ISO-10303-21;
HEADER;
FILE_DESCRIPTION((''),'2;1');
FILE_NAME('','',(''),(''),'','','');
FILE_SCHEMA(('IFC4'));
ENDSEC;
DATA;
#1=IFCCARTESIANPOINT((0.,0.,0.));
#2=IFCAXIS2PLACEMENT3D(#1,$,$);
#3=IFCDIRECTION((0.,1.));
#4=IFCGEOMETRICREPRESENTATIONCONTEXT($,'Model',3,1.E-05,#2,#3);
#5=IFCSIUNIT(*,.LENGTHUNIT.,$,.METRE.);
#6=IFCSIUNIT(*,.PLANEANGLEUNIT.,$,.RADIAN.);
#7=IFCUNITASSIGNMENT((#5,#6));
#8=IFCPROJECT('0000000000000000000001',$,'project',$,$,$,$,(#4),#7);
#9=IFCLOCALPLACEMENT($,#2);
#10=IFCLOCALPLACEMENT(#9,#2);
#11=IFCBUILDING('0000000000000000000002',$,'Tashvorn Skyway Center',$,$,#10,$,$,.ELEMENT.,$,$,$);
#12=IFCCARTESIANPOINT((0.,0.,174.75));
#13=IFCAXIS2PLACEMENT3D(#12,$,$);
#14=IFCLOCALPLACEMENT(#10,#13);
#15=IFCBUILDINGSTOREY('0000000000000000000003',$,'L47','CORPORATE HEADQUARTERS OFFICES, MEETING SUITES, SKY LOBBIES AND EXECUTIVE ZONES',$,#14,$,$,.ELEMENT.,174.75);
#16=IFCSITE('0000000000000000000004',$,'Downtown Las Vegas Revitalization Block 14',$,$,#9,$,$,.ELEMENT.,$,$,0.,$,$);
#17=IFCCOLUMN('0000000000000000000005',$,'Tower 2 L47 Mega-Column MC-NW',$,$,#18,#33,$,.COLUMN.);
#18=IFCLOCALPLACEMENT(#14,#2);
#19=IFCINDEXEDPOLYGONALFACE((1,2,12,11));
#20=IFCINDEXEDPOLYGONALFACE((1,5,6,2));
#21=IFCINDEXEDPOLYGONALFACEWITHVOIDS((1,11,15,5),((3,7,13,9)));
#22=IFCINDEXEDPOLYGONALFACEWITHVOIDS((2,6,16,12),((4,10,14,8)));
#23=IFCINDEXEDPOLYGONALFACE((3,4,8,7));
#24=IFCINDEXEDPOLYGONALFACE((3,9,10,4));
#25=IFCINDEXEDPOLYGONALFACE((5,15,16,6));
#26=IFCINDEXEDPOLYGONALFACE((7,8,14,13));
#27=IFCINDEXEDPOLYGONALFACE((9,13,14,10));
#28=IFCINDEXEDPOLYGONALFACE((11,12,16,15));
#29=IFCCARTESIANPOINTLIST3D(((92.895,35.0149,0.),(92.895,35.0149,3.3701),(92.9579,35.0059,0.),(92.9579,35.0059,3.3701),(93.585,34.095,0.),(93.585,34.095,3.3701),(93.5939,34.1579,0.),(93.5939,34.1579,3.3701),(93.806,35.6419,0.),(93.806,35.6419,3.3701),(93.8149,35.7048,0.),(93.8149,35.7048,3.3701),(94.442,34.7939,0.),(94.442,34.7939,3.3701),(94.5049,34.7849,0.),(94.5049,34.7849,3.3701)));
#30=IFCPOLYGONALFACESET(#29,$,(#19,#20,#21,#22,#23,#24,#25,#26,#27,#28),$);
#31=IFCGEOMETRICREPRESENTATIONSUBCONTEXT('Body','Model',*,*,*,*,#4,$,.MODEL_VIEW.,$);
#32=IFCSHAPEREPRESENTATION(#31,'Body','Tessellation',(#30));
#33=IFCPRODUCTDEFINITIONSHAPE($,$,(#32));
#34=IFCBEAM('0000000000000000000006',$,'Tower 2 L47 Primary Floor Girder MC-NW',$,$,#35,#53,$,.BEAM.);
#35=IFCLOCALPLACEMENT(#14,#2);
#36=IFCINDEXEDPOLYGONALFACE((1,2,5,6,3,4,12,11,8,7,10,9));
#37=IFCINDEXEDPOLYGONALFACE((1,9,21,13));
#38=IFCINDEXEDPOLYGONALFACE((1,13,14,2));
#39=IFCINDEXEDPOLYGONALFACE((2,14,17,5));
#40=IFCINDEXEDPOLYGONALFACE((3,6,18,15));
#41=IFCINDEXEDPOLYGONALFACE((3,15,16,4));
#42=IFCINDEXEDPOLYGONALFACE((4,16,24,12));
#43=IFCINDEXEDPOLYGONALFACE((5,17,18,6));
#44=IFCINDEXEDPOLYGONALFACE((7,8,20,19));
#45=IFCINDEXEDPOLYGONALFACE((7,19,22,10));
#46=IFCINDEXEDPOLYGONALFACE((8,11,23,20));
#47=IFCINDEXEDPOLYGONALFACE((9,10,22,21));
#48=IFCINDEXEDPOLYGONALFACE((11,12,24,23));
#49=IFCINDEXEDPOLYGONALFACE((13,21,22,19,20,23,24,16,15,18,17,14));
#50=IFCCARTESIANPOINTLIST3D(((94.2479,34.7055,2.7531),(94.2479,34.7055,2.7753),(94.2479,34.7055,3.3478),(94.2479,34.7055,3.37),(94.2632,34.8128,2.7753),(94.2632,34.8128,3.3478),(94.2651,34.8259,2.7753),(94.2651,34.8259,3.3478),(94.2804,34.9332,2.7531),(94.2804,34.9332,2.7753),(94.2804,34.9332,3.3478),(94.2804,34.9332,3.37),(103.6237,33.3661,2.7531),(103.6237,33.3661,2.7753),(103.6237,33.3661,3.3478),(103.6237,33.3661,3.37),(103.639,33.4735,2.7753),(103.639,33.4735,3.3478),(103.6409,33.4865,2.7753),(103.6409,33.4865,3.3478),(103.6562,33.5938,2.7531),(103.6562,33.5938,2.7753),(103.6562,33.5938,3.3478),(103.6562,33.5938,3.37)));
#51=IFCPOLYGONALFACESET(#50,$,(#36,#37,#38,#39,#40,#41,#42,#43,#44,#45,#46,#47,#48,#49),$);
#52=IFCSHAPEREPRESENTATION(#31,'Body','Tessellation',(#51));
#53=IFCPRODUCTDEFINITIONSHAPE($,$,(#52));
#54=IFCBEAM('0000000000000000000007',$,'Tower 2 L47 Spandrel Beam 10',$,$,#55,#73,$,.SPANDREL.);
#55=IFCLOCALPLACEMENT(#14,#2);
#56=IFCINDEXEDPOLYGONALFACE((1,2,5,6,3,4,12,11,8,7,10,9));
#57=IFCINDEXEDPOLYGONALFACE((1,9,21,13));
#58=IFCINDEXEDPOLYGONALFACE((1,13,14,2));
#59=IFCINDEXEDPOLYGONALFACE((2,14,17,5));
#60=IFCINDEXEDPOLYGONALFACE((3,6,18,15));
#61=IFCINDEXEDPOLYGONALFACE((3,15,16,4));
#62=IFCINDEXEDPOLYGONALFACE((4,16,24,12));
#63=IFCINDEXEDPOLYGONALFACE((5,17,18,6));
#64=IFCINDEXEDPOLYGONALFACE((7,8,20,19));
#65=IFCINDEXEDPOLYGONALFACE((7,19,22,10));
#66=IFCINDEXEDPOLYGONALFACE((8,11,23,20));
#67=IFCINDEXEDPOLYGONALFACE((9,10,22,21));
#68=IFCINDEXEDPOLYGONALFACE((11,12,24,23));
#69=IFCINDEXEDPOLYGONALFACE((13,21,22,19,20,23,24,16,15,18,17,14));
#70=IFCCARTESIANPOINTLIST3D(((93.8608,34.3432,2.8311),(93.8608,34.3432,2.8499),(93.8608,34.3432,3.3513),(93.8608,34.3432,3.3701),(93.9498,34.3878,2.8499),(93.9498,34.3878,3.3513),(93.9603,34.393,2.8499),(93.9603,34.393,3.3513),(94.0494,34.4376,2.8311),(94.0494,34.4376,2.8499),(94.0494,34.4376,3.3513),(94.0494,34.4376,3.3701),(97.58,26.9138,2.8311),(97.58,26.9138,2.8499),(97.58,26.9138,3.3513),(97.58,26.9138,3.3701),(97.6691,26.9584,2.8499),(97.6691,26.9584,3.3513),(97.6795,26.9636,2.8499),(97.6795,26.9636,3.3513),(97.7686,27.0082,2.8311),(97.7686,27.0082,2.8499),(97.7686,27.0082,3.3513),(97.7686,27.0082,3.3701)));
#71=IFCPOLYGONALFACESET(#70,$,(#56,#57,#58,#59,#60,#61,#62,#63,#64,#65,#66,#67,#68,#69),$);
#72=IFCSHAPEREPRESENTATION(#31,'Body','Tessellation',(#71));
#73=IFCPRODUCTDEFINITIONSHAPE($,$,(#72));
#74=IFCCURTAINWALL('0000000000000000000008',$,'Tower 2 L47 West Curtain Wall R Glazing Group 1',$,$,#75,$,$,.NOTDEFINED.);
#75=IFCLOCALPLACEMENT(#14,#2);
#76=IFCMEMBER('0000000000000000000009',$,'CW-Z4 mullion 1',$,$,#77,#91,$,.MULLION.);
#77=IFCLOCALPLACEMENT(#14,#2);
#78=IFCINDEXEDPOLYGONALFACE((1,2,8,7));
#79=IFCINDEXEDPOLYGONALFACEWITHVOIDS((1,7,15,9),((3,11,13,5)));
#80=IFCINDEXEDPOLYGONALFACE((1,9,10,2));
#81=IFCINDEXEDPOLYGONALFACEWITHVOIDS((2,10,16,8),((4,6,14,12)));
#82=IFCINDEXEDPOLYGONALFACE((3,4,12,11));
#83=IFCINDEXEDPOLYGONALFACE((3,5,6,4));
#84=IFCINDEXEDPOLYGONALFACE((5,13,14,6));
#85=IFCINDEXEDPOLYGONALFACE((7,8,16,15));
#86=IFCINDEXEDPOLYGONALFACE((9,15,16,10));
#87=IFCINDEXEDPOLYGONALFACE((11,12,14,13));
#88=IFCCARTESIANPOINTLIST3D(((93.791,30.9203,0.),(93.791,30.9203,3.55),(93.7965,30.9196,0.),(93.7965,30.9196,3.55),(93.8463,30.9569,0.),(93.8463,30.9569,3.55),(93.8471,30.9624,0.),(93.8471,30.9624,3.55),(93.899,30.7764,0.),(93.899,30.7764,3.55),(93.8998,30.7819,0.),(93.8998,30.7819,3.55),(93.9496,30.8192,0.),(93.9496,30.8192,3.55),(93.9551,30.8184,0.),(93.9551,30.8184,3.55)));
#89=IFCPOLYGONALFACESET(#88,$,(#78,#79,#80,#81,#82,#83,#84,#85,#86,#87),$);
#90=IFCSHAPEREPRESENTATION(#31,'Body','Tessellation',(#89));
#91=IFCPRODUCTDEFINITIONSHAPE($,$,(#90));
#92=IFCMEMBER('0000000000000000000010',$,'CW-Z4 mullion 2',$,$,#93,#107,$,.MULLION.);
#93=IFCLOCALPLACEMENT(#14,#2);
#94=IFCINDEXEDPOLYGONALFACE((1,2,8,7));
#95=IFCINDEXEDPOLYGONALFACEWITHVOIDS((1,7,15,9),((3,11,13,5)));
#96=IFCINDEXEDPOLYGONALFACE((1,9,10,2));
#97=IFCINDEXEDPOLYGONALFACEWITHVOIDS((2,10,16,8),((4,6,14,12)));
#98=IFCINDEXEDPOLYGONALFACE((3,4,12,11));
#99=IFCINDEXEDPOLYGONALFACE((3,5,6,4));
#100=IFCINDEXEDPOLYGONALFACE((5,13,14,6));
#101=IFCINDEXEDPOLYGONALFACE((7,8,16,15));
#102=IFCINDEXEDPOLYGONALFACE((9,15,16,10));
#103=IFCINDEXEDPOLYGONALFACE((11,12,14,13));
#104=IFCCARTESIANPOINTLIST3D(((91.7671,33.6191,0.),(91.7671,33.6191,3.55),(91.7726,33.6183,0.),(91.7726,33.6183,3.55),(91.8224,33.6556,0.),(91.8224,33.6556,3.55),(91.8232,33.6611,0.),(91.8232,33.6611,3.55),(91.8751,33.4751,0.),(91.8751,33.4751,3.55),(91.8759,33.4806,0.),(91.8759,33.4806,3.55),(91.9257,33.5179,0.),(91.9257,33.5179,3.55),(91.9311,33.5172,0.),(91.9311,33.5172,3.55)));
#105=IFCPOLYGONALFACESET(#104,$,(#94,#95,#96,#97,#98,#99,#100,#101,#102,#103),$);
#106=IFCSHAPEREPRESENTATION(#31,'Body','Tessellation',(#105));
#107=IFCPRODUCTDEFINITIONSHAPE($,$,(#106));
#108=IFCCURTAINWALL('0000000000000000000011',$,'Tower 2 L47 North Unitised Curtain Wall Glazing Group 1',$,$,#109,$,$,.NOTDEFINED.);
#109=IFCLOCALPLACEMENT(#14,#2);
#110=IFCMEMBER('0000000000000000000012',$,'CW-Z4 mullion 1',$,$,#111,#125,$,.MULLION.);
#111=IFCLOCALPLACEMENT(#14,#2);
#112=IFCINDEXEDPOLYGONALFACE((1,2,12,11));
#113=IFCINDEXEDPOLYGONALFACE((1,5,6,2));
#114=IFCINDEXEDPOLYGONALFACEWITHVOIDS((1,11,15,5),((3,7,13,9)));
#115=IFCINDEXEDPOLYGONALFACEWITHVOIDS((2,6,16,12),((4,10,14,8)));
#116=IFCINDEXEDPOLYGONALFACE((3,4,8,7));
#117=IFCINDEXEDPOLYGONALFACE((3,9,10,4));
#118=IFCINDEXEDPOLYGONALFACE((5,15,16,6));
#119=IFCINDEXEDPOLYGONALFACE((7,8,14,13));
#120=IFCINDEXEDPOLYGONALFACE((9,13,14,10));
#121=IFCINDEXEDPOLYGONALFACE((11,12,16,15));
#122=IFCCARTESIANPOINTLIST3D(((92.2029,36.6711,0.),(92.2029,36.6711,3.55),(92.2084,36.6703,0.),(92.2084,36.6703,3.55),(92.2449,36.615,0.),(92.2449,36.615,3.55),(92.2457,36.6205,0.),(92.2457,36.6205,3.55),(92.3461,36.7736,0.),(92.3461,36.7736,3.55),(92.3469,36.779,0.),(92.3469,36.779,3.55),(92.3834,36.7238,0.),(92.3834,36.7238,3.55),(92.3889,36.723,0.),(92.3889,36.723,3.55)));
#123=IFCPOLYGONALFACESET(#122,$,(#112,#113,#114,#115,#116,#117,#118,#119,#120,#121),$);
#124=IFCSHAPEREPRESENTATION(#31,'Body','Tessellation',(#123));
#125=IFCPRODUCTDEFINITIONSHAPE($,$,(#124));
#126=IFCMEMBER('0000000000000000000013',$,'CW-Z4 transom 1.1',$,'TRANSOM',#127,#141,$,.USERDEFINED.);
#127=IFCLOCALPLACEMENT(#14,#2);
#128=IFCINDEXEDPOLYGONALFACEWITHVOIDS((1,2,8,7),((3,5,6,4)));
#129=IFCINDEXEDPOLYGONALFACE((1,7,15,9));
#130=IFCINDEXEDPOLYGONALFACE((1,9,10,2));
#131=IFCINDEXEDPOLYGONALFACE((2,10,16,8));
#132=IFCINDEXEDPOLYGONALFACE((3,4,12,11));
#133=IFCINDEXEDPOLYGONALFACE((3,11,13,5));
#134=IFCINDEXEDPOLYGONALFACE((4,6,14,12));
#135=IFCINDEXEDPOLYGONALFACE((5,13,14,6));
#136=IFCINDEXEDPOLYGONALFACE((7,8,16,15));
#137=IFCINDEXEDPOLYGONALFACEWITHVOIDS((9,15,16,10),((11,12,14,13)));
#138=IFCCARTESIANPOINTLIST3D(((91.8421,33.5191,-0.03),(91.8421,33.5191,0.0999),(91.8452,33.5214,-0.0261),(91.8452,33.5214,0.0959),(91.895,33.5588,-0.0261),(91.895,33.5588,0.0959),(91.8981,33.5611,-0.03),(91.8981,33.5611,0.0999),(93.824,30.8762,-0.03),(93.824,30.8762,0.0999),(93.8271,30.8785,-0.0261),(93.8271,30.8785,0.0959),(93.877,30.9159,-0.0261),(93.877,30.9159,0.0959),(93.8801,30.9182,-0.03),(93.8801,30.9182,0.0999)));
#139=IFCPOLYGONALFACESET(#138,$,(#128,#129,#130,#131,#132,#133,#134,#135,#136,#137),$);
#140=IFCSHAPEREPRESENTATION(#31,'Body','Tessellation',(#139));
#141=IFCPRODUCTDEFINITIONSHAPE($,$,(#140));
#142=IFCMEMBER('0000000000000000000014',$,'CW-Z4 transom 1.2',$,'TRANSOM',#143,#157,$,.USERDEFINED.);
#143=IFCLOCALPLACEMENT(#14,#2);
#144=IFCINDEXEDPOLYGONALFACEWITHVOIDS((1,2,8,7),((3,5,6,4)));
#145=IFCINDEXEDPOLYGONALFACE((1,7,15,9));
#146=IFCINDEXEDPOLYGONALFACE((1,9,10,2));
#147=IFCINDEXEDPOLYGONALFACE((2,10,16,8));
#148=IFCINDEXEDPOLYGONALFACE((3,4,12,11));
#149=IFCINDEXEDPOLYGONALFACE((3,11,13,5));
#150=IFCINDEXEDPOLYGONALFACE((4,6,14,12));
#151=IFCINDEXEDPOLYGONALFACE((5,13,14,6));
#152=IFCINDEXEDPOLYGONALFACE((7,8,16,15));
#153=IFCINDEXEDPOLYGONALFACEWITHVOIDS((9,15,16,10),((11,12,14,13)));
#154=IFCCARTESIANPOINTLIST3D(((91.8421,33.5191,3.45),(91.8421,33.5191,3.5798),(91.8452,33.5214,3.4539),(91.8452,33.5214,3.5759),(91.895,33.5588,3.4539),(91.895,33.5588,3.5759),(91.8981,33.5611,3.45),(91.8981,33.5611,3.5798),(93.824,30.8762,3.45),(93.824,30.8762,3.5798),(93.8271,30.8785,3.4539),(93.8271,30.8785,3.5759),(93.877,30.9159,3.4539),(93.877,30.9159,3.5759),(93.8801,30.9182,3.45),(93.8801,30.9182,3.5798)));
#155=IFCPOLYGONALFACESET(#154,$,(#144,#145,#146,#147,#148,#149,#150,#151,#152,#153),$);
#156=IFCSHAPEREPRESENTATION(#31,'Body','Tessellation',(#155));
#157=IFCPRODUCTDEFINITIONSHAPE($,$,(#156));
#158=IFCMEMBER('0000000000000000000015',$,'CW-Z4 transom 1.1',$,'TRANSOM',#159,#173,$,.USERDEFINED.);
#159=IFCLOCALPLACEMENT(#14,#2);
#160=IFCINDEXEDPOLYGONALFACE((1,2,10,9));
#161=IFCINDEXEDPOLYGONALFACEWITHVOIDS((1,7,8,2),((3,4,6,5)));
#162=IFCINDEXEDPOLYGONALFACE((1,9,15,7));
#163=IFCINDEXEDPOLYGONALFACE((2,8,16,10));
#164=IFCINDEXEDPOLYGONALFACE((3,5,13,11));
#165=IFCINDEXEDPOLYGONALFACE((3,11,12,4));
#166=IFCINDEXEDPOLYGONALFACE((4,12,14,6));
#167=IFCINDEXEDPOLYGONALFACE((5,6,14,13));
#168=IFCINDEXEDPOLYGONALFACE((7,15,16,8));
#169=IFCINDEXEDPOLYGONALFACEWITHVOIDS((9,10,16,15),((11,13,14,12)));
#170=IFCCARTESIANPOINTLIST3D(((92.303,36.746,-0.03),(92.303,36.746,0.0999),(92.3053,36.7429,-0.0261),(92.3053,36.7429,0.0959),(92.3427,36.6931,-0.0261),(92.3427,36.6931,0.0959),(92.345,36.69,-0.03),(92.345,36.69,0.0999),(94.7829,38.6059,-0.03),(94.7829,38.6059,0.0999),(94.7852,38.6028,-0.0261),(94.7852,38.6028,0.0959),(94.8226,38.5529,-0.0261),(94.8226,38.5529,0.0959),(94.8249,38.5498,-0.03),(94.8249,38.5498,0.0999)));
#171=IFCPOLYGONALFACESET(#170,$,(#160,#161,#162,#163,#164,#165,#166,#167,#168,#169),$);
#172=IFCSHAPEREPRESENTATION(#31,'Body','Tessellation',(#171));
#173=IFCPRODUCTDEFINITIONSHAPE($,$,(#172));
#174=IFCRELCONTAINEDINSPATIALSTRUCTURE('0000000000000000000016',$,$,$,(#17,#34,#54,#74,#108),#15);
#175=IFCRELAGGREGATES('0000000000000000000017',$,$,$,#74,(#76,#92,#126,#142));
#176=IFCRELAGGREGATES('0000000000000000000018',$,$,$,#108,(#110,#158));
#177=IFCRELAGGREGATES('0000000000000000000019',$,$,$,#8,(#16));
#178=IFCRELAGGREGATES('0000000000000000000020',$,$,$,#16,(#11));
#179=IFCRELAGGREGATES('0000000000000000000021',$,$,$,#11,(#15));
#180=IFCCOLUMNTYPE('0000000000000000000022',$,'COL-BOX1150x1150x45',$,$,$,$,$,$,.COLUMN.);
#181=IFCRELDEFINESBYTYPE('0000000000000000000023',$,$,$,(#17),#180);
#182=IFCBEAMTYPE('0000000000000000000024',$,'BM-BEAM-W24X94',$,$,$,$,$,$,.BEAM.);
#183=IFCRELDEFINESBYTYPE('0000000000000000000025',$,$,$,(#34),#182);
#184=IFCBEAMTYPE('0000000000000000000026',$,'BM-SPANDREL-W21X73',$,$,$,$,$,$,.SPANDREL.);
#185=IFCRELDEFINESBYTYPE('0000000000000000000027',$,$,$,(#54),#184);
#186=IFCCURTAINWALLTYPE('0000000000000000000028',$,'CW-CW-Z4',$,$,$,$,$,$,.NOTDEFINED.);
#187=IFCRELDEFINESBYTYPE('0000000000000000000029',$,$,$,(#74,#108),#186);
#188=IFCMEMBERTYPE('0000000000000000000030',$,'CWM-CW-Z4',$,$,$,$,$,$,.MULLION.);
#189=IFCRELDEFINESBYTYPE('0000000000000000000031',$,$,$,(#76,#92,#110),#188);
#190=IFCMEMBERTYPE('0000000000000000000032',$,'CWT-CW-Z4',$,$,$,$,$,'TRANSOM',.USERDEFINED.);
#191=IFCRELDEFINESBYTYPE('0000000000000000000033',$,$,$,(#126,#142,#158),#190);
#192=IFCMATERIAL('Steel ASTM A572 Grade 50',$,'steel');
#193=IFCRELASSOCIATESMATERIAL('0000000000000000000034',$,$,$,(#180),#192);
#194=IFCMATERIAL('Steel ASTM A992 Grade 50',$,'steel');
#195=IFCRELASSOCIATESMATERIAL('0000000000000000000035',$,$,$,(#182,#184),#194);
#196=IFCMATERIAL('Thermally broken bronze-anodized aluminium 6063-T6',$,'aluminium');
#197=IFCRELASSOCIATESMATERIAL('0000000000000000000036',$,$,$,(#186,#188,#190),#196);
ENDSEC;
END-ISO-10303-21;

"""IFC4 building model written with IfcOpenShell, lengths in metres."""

from ifc_helpers import new_model, si_unit, direction, frame, origin, origin_2d, place, context, subcontext, project, spatial, hollow_rectangle, i_section, extrude, material, material_profile, profile_set, type_object, element, aggregate, save


model = new_model("IFC4")

# Units and contexts
model_context = context("Model", 3, precision=1e-05, world=origin(), true_north=direction((0.0, 1.0)))
body_context = subcontext(model_context, "Body", "Model", "MODEL_VIEW")
ifc_project = project(units=[si_unit("LENGTHUNIT", "METRE"), si_unit("PLANEANGLEUNIT", "RADIAN")], contexts=[model_context])

# Site, building, storey
site_placement = place(None, origin())
site = spatial("IfcSite", under=ifc_project, at=site_placement, Name="Downtown Las Vegas Revitalization Block 14", CompositionType="ELEMENT", RefElevation=0.0)
building_placement = place(site_placement, origin())
building = spatial("IfcBuilding", under=site, at=building_placement, Name="Tashvorn Skyway Center", CompositionType="ELEMENT")
storey_placement = place(building_placement, frame((0.0, 0.0, 174.75)))
storey = spatial("IfcBuildingStorey", under=building, at=storey_placement, Name="L47", Description="CORPORATE HEADQUARTERS OFFICES, MEETING SUITES, SKY LOBBIES AND EXECUTIVE ZONES", CompositionType="ELEMENT", Elevation=174.75)

# Column
ifc_material_1 = material(Name="Steel ASTM A572 Grade 50", Category="steel")
ifc_material_profile_1 = material_profile(ifc_material_1, hollow_rectangle(XDim=1.1499, YDim=1.1499, WallThickness=0.0449, at=origin_2d()), Name="BOX1150x1150x45")
ifc_profile_set_1 = profile_set([ifc_material_profile_1], Name="Steel ASTM A572 Grade 50")
column_type = type_object("IfcColumnType", Name="COL-BOX1150x1150x45", PredefinedType="COLUMN", material=ifc_profile_set_1)
column_placement = place(storey_placement, frame((93.7, 34.8999, 0.0), z_axis=(0.0, 0.0, 1.0), x_axis=(0.8, 0.6, 0.0)))
element("IfcColumn", 1, at=column_placement, inside=storey, type_object=column_type, Name="Tower 2 L47 Mega-Column MC-NW", PredefinedType="COLUMN", context=body_context, shape_type="SweptSolid", body=[
    extrude(hollow_rectangle(XDim=1.1499, YDim=1.1499, WallThickness=0.0449, at=origin_2d()), origin(), (0.0, 0.0, 1.0), 3.3701),
])

# Beams
ifc_material_2 = material(Name="Steel ASTM A992 Grade 50", Category="steel")
ifc_material_profile_2 = material_profile(ifc_material_2, i_section(OverallWidth=0.23, OverallDepth=0.6169, WebThickness=0.0132, FlangeThickness=0.0222, at=origin_2d()), Name="W24X94")
ifc_profile_set_2 = profile_set([ifc_material_profile_2], Name="Steel ASTM A992 Grade 50")
beam_type_1 = type_object("IfcBeamType", Name="BM-BEAM-W24X94", PredefinedType="BEAM", material=ifc_profile_set_2)
beam_1_placement = place(storey_placement, frame((94.2642, 34.8193, 3.0615), z_axis=(0.98995, -0.141418, 0.0), x_axis=(0.141418, 0.98995, 0.0)))
element("IfcBeam", 2, at=beam_1_placement, inside=storey, type_object=beam_type_1, Name="Tower 2 L47 Primary Floor Girder MC-NW", PredefinedType="BEAM", context=body_context, shape_type="SweptSolid", body=[
    extrude(i_section(OverallWidth=0.23, OverallDepth=0.6169, WebThickness=0.0132, FlangeThickness=0.0222, at=origin_2d()), origin(), (0.0, 0.0, 1.0), 9.4709),
])
ifc_material_profile_3 = material_profile(ifc_material_2, i_section(OverallWidth=0.2109, OverallDepth=0.5391, WebThickness=0.0117, FlangeThickness=0.0188, at=origin_2d()), Name="W21X73")
ifc_profile_set_3 = profile_set([ifc_material_profile_3], Name="Steel ASTM A992 Grade 50")
beam_type_2 = type_object("IfcBeamType", Name="BM-SPANDREL-W21X73", PredefinedType="SPANDREL", material=ifc_profile_set_3)
beam_2_placement = place(storey_placement, frame((93.9551, 34.3904, 3.1006), z_axis=(0.447648, -0.89421, 0.0), x_axis=(0.89421, 0.447648, 0.0)))
element("IfcBeam", 3, at=beam_2_placement, inside=storey, type_object=beam_type_2, Name="Tower 2 L47 Spandrel Beam 10", PredefinedType="SPANDREL", context=body_context, shape_type="SweptSolid", body=[
    extrude(i_section(OverallWidth=0.2109, OverallDepth=0.5391, WebThickness=0.0117, FlangeThickness=0.0188, at=origin_2d()), origin(), (0.0, 0.0, 1.0), 8.3083),
])

# Curtain wall, members
ifc_material_3 = material(Name="Thermally broken bronze-anodized aluminium 6063-T6", Category="aluminium")
curtain_wall_type = type_object("IfcCurtainWallType", Name="CW-CW-Z4", PredefinedType="NOTDEFINED", material=ifc_material_3)
curtain_wall_1_placement = place(storey_placement, origin())
curtain_wall_1 = element("IfcCurtainWall", 4, at=curtain_wall_1_placement, inside=storey, type_object=curtain_wall_type, Name="Tower 2 L47 West Curtain Wall R Glazing Group 1", PredefinedType="NOTDEFINED")
ifc_material_profile_4 = material_profile(ifc_material_3, hollow_rectangle(XDim=0.0701, YDim=0.1799, WallThickness=0.0039, at=origin_2d()), Name="ALU-MULL-70x180")
ifc_profile_set_4 = profile_set([ifc_material_profile_4], Name="Thermally broken bronze-anodized aluminium 6063-T6")
member_type_1 = type_object("IfcMemberType", Name="CWM-CW-Z4", PredefinedType="MULLION", material=ifc_profile_set_4)
member_1_placement = place(storey_placement, frame((93.873, 30.8694, 0.0), z_axis=(0.0, 0.0, 1.0), x_axis=(-0.800003, -0.599995, 0.0)))
member_1 = element("IfcMember", 5, at=member_1_placement, type_object=member_type_1, Name="CW-Z4 mullion 1", PredefinedType="MULLION", context=body_context, shape_type="SweptSolid", body=[
    extrude(hollow_rectangle(XDim=0.0701, YDim=0.1799, WallThickness=0.0039, at=origin_2d()), origin(), (0.0, 0.0, 1.0), 3.55),
])
member_2_placement = place(storey_placement, frame((91.8491, 33.5681, 0.0), z_axis=(0.0, 0.0, 1.0), x_axis=(-0.800003, -0.599995, 0.0)))
member_2 = element("IfcMember", 6, at=member_2_placement, type_object=member_type_1, Name="CW-Z4 mullion 2", PredefinedType="MULLION", context=body_context, shape_type="SweptSolid", body=[
    extrude(hollow_rectangle(XDim=0.0701, YDim=0.1799, WallThickness=0.0039, at=origin_2d()), origin(), (0.0, 0.0, 1.0), 3.55),
])

# Curtain wall, member
curtain_wall_2_placement = place(storey_placement, origin())
curtain_wall_2 = element("IfcCurtainWall", 7, at=curtain_wall_2_placement, inside=storey, type_object=curtain_wall_type, Name="Tower 2 L47 North Unitised Curtain Wall Glazing Group 1", PredefinedType="NOTDEFINED")
member_3_placement = place(storey_placement, frame((92.2959, 36.697, 0.0), z_axis=(0.0, 0.0, 1.0), x_axis=(-0.6, 0.8, 0.0)))
member_3 = element("IfcMember", 8, at=member_3_placement, type_object=member_type_1, Name="CW-Z4 mullion 1", PredefinedType="MULLION", context=body_context, shape_type="SweptSolid", body=[
    extrude(hollow_rectangle(XDim=0.0701, YDim=0.1799, WallThickness=0.0039, at=origin_2d()), origin(), (0.0, 0.0, 1.0), 3.55),
])

# Members
ifc_material_profile_5 = material_profile(ifc_material_3, hollow_rectangle(XDim=0.0701, YDim=0.1299, WallThickness=0.0039, at=origin_2d()), Name="ALU-TRAN-70x130")
ifc_profile_set_5 = profile_set([ifc_material_profile_5], Name="Thermally broken bronze-anodized aluminium 6063-T6")
member_type_2 = type_object("IfcMemberType", Name="CWT-CW-Z4", ElementType="TRANSOM", PredefinedType="USERDEFINED", material=ifc_profile_set_5)
member_4_placement = place(storey_placement, frame((93.8521, 30.8972, 0.0349), z_axis=(-0.599965, 0.800027, 0.0), x_axis=(-0.800027, -0.599965, 0.0)))
member_4 = element("IfcMember", 9, at=member_4_placement, type_object=member_type_2, Name="CW-Z4 transom 1.1", ObjectType="TRANSOM", PredefinedType="USERDEFINED", context=body_context, shape_type="SweptSolid", body=[
    extrude(hollow_rectangle(XDim=0.0701, YDim=0.1299, WallThickness=0.0039, at=origin_2d()), origin(), (0.0, 0.0, 1.0), 3.3035),
])
member_5_placement = place(storey_placement, frame((93.8521, 30.8972, 3.5149), z_axis=(-0.599965, 0.800027, 0.0), x_axis=(-0.800027, -0.599965, 0.0)))
member_5 = element("IfcMember", 10, at=member_5_placement, type_object=member_type_2, Name="CW-Z4 transom 1.2", ObjectType="TRANSOM", PredefinedType="USERDEFINED", context=body_context, shape_type="SweptSolid", body=[
    extrude(hollow_rectangle(XDim=0.0701, YDim=0.1299, WallThickness=0.0039, at=origin_2d()), origin(), (0.0, 0.0, 1.0), 3.3035),
])
member_6_placement = place(storey_placement, frame((92.324, 36.718, 0.0349), z_axis=(0.800019, 0.599975, 0.0), x_axis=(-0.599975, 0.800019, 0.0)))
member_6 = element("IfcMember", 11, at=member_6_placement, type_object=member_type_2, Name="CW-Z4 transom 1.1", ObjectType="TRANSOM", PredefinedType="USERDEFINED", context=body_context, shape_type="SweptSolid", body=[
    extrude(hollow_rectangle(XDim=0.0701, YDim=0.1299, WallThickness=0.0039, at=origin_2d()), origin(), (0.0, 0.0, 1.0), 3.0999),
])

aggregate(curtain_wall_1, [member_1, member_2, member_4, member_5])
aggregate(curtain_wall_2, [member_3, member_6])

save(model, "model.ifc")
